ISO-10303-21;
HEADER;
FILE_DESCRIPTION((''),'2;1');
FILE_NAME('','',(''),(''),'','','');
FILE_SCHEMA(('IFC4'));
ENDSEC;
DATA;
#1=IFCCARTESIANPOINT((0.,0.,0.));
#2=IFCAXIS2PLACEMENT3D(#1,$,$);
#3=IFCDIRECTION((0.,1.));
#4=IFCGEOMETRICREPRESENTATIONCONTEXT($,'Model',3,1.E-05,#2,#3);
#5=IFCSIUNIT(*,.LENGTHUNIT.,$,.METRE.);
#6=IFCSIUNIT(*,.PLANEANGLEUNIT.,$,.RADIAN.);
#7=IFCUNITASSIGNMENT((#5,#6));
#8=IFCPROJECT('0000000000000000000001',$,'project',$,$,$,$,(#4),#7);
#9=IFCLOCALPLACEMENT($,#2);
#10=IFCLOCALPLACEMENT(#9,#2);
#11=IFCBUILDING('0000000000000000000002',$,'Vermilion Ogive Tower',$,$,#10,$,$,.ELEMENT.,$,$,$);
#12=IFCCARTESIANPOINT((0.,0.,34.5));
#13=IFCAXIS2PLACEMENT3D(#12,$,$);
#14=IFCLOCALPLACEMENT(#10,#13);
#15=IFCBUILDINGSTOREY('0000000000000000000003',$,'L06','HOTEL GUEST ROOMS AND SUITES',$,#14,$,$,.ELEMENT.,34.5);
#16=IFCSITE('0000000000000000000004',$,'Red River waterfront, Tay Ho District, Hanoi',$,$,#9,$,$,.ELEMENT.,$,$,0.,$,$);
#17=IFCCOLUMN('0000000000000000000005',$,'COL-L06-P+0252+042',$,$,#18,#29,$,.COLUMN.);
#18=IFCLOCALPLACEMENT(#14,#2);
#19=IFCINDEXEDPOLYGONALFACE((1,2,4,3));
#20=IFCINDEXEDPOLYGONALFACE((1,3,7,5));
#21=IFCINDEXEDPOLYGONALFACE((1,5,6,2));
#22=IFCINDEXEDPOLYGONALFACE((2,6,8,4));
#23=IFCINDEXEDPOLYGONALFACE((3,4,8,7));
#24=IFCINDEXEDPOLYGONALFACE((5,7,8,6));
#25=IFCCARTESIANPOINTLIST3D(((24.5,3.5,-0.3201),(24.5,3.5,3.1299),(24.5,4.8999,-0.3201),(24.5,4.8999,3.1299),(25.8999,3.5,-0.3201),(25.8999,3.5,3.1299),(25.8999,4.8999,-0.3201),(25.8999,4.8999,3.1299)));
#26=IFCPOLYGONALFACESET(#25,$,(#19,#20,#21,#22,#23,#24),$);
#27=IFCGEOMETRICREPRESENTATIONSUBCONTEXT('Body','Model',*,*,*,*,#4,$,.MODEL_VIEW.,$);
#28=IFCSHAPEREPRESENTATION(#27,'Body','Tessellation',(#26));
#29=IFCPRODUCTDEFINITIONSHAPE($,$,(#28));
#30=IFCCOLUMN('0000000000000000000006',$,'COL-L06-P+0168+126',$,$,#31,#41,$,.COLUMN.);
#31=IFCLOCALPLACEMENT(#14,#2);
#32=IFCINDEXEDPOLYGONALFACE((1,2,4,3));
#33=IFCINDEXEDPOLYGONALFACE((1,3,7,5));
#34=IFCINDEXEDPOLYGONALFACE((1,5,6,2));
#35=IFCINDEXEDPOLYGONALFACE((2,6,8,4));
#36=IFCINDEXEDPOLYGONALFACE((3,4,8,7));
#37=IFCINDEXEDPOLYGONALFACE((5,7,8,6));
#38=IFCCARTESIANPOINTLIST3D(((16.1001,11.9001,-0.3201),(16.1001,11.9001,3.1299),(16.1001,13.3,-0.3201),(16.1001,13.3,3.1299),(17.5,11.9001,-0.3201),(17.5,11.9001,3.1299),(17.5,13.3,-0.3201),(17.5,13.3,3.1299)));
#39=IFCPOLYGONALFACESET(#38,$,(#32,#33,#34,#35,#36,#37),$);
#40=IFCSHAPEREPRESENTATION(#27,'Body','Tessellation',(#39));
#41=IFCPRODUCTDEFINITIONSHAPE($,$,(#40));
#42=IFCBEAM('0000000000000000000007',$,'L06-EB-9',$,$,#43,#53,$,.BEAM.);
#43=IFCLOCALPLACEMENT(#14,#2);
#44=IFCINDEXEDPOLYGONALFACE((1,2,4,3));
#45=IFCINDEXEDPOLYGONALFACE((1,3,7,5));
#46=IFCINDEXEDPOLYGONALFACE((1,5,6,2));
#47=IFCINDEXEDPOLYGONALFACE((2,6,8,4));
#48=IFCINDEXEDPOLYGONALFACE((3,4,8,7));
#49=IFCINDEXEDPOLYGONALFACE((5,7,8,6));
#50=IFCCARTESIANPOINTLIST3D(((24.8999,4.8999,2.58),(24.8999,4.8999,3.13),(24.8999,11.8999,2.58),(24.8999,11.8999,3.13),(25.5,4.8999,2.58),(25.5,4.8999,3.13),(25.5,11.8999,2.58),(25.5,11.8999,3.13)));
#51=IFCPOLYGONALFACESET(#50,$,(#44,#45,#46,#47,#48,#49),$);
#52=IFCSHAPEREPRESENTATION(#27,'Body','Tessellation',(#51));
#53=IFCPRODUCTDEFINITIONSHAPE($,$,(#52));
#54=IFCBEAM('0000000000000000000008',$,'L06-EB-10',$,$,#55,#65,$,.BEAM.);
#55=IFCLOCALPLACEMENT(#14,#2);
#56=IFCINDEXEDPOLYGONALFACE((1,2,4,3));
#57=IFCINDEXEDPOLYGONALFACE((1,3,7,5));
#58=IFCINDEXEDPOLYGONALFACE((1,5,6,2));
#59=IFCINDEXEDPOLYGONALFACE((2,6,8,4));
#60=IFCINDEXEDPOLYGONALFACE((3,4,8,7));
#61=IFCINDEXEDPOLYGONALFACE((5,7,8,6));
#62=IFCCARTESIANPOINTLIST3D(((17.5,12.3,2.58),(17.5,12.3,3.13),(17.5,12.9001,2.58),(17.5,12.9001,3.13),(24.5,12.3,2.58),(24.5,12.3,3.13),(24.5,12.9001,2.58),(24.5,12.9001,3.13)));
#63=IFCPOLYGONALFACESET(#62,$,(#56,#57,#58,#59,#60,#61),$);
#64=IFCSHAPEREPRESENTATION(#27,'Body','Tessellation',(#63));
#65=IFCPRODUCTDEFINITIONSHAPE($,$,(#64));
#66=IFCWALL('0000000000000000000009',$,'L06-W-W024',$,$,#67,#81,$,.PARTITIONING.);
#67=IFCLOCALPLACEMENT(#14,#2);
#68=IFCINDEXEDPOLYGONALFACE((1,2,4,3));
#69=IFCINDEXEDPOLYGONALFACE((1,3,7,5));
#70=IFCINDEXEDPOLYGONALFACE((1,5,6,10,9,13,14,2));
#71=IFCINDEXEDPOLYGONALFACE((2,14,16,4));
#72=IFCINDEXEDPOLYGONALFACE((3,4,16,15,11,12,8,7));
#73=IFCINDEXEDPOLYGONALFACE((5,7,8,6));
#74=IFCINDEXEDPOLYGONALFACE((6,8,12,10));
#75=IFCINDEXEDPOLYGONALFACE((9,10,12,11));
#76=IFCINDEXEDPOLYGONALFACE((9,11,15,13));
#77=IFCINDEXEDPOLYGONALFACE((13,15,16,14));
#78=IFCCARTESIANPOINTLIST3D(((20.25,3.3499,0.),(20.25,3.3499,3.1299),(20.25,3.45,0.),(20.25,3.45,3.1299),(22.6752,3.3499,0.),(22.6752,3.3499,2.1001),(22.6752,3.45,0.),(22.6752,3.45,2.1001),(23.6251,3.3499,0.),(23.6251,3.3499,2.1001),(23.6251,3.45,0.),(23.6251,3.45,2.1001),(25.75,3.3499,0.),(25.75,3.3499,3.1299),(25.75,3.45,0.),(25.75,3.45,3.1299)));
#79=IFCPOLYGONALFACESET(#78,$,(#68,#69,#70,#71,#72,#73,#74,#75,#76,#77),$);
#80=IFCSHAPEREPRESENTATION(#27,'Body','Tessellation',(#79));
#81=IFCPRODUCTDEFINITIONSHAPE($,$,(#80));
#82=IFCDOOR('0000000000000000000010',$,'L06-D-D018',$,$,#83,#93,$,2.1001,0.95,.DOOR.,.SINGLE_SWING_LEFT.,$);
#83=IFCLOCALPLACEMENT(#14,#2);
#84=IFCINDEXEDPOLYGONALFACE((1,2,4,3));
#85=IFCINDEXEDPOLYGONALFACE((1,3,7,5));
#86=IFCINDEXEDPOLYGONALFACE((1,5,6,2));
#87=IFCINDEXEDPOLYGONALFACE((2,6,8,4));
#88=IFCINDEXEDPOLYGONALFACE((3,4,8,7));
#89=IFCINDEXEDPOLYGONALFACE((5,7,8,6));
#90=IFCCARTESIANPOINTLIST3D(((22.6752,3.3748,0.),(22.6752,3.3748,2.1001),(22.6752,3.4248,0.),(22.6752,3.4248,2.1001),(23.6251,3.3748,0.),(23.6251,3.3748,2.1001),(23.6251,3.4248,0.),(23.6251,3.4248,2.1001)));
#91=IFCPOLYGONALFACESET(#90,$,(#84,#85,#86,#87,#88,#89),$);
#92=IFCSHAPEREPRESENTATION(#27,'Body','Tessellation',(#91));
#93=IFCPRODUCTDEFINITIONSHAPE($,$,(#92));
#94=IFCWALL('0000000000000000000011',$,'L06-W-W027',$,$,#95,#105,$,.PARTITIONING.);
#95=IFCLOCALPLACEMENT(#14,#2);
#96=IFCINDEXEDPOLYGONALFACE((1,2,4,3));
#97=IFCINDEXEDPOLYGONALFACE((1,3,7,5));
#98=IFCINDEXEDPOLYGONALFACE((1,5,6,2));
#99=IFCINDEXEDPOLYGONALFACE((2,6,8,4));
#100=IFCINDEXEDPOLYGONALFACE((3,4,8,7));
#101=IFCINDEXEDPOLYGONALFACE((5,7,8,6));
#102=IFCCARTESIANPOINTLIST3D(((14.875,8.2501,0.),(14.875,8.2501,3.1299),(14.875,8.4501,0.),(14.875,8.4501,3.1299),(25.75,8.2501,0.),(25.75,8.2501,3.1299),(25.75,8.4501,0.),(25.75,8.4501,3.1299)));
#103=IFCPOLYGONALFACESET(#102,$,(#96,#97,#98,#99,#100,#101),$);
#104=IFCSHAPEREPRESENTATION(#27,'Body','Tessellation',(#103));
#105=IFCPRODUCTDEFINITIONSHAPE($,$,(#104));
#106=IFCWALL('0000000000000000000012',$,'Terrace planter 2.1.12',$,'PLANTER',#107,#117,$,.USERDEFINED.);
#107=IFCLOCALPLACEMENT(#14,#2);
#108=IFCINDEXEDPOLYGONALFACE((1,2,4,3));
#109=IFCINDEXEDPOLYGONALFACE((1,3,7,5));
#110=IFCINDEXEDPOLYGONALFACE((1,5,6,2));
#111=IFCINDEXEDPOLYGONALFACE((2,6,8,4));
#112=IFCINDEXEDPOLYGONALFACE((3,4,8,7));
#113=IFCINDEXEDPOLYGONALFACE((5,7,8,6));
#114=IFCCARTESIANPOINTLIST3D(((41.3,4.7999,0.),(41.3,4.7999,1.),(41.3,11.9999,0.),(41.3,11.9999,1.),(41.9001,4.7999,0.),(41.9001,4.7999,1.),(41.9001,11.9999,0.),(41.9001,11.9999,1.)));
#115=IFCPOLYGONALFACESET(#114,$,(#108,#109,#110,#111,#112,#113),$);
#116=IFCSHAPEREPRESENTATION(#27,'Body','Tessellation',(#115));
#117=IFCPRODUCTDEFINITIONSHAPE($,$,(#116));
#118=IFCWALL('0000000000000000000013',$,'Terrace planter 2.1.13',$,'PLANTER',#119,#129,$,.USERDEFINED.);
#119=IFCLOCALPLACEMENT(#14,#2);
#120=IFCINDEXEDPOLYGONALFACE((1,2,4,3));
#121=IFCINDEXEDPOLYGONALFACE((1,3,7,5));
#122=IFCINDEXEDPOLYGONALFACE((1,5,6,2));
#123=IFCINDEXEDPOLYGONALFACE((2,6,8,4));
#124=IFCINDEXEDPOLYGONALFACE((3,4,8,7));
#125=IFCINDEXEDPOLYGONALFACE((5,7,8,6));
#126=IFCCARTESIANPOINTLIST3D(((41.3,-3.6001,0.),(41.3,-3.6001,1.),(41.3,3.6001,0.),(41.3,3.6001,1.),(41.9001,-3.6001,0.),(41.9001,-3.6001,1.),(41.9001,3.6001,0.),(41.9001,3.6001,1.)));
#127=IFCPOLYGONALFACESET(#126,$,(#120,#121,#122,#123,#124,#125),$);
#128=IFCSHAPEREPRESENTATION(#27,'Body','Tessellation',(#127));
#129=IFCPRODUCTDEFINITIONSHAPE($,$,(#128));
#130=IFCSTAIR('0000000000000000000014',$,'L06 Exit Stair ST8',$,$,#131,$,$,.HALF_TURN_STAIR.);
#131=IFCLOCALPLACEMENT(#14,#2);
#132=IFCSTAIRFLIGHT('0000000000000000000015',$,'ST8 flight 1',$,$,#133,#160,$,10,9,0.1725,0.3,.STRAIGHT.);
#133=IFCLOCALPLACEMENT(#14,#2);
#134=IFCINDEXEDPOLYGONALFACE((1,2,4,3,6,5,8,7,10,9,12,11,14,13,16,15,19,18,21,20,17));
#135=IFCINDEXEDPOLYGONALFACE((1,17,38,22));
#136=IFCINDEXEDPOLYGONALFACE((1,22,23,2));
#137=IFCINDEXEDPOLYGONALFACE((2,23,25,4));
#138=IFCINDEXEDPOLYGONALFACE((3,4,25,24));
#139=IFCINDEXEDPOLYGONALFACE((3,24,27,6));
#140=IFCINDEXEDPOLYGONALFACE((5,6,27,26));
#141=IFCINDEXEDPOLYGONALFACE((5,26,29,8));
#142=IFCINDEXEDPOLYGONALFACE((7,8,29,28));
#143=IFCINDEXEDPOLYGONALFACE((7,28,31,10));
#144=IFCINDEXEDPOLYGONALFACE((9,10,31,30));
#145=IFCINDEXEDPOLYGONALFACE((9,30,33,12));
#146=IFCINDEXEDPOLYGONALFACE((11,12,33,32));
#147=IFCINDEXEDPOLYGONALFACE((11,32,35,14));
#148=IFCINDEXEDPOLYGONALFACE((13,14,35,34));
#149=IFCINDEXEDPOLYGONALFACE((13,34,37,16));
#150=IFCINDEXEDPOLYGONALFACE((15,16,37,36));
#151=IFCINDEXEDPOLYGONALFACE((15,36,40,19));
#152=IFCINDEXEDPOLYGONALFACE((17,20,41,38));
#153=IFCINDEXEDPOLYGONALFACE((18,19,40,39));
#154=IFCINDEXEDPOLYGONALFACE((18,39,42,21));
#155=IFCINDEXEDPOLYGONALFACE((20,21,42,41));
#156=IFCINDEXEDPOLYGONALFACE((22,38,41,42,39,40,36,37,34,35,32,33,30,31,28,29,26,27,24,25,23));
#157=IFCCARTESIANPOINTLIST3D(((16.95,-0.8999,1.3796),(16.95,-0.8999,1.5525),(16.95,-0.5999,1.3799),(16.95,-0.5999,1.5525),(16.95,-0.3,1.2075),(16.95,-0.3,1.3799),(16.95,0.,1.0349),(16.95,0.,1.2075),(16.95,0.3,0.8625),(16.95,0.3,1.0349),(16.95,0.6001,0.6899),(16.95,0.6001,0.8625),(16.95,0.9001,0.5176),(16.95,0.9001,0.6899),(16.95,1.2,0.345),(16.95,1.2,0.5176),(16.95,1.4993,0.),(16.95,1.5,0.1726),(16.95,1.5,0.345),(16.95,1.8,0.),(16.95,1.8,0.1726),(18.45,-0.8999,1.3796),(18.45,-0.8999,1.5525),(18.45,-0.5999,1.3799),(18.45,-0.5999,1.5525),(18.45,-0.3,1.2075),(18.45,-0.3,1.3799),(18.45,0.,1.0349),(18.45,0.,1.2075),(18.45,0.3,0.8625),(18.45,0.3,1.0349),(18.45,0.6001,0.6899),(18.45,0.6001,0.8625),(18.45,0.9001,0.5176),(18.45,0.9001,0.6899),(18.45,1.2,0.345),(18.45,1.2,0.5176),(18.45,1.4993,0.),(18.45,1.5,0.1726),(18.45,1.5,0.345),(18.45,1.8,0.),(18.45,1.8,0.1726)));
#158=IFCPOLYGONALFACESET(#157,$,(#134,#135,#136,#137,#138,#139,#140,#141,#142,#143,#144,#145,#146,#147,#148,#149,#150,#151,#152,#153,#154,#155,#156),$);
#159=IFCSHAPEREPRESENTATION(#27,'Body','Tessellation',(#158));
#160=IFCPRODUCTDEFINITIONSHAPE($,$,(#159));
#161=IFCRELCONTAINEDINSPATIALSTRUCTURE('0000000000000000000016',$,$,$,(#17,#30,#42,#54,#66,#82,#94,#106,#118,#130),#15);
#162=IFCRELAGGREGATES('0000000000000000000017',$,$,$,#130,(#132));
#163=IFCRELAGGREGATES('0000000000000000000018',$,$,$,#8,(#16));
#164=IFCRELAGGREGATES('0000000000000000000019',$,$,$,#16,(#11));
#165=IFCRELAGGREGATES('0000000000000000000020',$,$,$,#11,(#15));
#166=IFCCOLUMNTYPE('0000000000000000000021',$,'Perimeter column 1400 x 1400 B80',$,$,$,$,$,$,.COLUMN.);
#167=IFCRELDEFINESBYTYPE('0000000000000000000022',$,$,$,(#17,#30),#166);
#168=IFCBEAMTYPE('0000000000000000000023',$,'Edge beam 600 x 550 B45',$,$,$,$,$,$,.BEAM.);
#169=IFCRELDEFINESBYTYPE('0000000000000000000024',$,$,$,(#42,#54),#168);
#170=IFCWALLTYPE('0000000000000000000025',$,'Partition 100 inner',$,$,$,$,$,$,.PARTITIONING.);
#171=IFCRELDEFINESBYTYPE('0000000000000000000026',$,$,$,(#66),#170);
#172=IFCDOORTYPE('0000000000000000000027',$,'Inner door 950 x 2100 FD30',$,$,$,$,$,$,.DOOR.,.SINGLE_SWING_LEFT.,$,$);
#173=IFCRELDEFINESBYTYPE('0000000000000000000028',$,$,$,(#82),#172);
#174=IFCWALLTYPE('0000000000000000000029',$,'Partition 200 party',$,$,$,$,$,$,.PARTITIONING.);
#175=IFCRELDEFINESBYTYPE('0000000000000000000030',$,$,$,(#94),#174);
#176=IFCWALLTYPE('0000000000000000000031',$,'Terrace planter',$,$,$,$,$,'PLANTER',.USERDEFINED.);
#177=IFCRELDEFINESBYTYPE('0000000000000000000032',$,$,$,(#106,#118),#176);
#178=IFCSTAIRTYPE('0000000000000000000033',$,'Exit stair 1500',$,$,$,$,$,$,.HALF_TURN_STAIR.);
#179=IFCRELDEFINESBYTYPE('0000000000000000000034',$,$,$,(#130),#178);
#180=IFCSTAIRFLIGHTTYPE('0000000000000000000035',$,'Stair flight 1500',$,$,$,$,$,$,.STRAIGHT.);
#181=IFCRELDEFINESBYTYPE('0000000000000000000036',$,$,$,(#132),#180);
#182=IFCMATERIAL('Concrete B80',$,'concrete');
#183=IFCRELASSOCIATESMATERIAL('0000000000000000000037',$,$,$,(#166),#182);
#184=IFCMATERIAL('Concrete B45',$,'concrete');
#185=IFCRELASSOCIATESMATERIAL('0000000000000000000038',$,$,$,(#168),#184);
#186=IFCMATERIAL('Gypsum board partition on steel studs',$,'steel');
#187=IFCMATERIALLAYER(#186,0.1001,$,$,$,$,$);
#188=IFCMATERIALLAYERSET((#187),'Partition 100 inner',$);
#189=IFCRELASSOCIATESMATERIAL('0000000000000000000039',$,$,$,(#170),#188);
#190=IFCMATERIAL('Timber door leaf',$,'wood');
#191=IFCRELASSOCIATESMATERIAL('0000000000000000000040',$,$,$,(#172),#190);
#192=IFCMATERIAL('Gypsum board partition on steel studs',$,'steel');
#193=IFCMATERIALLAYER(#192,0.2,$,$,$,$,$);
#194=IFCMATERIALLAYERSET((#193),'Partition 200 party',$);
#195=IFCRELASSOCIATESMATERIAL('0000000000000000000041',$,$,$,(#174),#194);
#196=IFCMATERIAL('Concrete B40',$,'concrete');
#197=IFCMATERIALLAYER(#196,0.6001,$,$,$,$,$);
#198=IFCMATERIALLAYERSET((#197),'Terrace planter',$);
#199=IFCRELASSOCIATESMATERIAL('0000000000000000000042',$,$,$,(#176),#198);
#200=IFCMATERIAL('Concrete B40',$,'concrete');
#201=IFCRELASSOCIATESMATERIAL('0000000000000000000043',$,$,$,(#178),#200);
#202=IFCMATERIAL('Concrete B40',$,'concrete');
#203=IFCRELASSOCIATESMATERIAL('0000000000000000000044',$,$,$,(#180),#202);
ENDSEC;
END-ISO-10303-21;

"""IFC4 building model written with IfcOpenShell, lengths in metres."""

from ifc_helpers import new_model, si_unit, direction, frame, frame_2d, origin, origin_2d, place, context, subcontext, project, spatial, polyline, rectangle, outline, extrude, material, layer, layer_set, material_profile, profile_set, type_object, element, fill, aggregate, save


model = new_model("IFC4")

# Units and contexts
model_context = context("Model", 3, precision=1e-05, world=origin(), true_north=direction((0.0, 1.0)))
body_context = subcontext(model_context, "Body", "Model", "MODEL_VIEW")
ifc_project = project(units=[si_unit("LENGTHUNIT", "METRE"), si_unit("PLANEANGLEUNIT", "RADIAN")], contexts=[model_context])

# Site, building, storey
site_placement = place(None, origin())
site = spatial("IfcSite", under=ifc_project, at=site_placement, Name="Red River waterfront, Tay Ho District, Hanoi", CompositionType="ELEMENT", RefElevation=0.0)
building_placement = place(site_placement, origin())
building = spatial("IfcBuilding", under=site, at=building_placement, Name="Vermilion Ogive Tower", CompositionType="ELEMENT")
storey_placement = place(building_placement, frame((0.0, 0.0, 34.5)))
storey = spatial("IfcBuildingStorey", under=building, at=storey_placement, Name="L06", Description="HOTEL GUEST ROOMS AND SUITES", CompositionType="ELEMENT", Elevation=34.5)

# Columns
ifc_material_1 = material(Name="Concrete B80", Category="concrete")
ifc_material_profile_1 = material_profile(ifc_material_1, rectangle(XDim=1.3999, YDim=1.3999, at=origin_2d()), Name="1400 x 1400")
ifc_profile_set_1 = profile_set([ifc_material_profile_1], Name="Concrete B80")
column_type = type_object("IfcColumnType", Name="Perimeter column 1400 x 1400 B80", PredefinedType="COLUMN", material=ifc_profile_set_1)
for number, where, z_axis, x_axis, name in (
    (1, (25.2, 4.2, -0.3201), (0.0, 0.0, 1.0), (1.0, 0.0, 0.0), "COL-L06-P+0252+042"),
    (2, (16.8, 12.6001, -0.3201), (0.0, 0.0, 1.0), (1.0, 0.0, 0.0), "COL-L06-P+0168+126"),
):
    element("IfcColumn", number, at=place(storey_placement, frame(where, z_axis=z_axis, x_axis=x_axis)), inside=storey, type_object=column_type, Name=name, PredefinedType="COLUMN", context=body_context, shape_type="SweptSolid", body=[
        extrude(rectangle(XDim=1.3999, YDim=1.3999, at=origin_2d()), origin(), (0.0, 0.0, 1.0), 3.45),
    ])

# Beams
ifc_material_2 = material(Name="Concrete B45", Category="concrete")
ifc_material_profile_2 = material_profile(ifc_material_2, rectangle(XDim=0.6001, YDim=0.55, at=origin_2d()), Name="600 x 550")
ifc_profile_set_2 = profile_set([ifc_material_profile_2], Name="Concrete B45")
beam_type = type_object("IfcBeamType", Name="Edge beam 600 x 550 B45", PredefinedType="BEAM", material=ifc_profile_set_2)
for number, where, z_axis, x_axis, name in (
    (3, (25.2, 4.8999, 2.855), (0.0, 1.0, 0.0), (-1.0, 0.0, 0.0), "L06-EB-9"),
    (4, (24.5, 12.6001, 2.855), (-1.0, 0.0, 0.0), (0.0, -1.0, 0.0), "L06-EB-10"),
):
    element("IfcBeam", number, at=place(storey_placement, frame(where, z_axis=z_axis, x_axis=x_axis)), inside=storey, type_object=beam_type, Name=name, PredefinedType="BEAM", context=body_context, shape_type="SweptSolid", body=[
        extrude(rectangle(XDim=0.6001, YDim=0.55, at=origin_2d()), origin(), (0.0, 0.0, 1.0), 7.0),
    ])

# Wall, opening, door
ifc_material_3 = material(Name="Gypsum board partition on steel studs", Category="steel")
ifc_layer_1 = layer(ifc_material_3, 0.1001)
ifc_layer_set_1 = layer_set([ifc_layer_1], Name="Partition 100 inner")
wall_type_1 = type_object("IfcWallType", Name="Partition 100 inner", PredefinedType="PARTITIONING", material=ifc_layer_set_1)
wall_1_placement = place(storey_placement, frame((20.25, 3.3999, 0.0), z_axis=(0.0, 0.0, 1.0), x_axis=(1.0, 0.0, 0.0)))
wall_1 = element("IfcWall", 5, at=wall_1_placement, inside=storey, type_object=wall_type_1, Name="L06-W-W024", PredefinedType="PARTITIONING", context=body_context, shape_type="SweptSolid", body=[
    extrude(rectangle(XDim=5.5, YDim=0.1001, at=frame_2d((2.75, 0.0))), origin(), (0.0, 0.0, 1.0), 3.1299),
])
opening_1_placement = place(wall_1_placement, frame((2.425, 0.0, 0.0)))
opening_1 = element("IfcOpeningElement", 6, at=opening_1_placement, cuts=wall_1, PredefinedType="OPENING", context=body_context, shape_type="SweptSolid", body=[
    extrude(rectangle(XDim=0.95, YDim=2.1001, at=frame_2d((0.4751, 1.05))), frame((0.0, 0.0601, 0.0), z_axis=(0.0, -1.0, 0.0), x_axis=(1.0, 0.0, 0.0)), (0.0, 0.0, 1.0), 0.1201),
])
ifc_material_4 = material(Name="Timber door leaf", Category="wood")
door_type_1 = type_object("IfcDoorType", Name="Inner door 950 x 2100 FD30", OperationType="SINGLE_SWING_LEFT", PredefinedType="DOOR", material=ifc_material_4)
door_1_placement = place(opening_1_placement, origin())
door_1 = element("IfcDoor", 7, at=door_1_placement, inside=storey, type_object=door_type_1, Name="L06-D-D018", OperationType="SINGLE_SWING_LEFT", OverallHeight=2.1001, OverallWidth=0.95, PredefinedType="DOOR", context=body_context, shape_type="SweptSolid", body=[
    extrude(rectangle(XDim=0.95, YDim=2.1001, at=frame_2d((0.4751, 1.05))), frame((0.0, 0.0249, 0.0), z_axis=(0.0, -1.0, 0.0), x_axis=(1.0, 0.0, 0.0)), (0.0, 0.0, 1.0), 0.05),
])
fill(opening_1, door_1)

# Walls
ifc_material_5 = material(Name="Gypsum board partition on steel studs", Category="steel")
ifc_layer_2 = layer(ifc_material_5, 0.2)
ifc_layer_set_2 = layer_set([ifc_layer_2], Name="Partition 200 party")
wall_type_2 = type_object("IfcWallType", Name="Partition 200 party", PredefinedType="PARTITIONING", material=ifc_layer_set_2)
wall_2_placement = place(storey_placement, frame((14.875, 8.3501, 0.0), z_axis=(0.0, 0.0, 1.0), x_axis=(1.0, 0.0, 0.0)))
element("IfcWall", 8, at=wall_2_placement, inside=storey, type_object=wall_type_2, Name="L06-W-W027", PredefinedType="PARTITIONING", context=body_context, shape_type="SweptSolid", body=[
    extrude(rectangle(XDim=10.875, YDim=0.2, at=frame_2d((5.4375, 0.0))), origin(), (0.0, 0.0, 1.0), 3.1299),
])
ifc_material_6 = material(Name="Concrete B40", Category="concrete")
ifc_layer_3 = layer(ifc_material_6, 0.6001)
ifc_layer_set_3 = layer_set([ifc_layer_3], Name="Terrace planter")
wall_type_3 = type_object("IfcWallType", Name="Terrace planter", ElementType="PLANTER", PredefinedType="USERDEFINED", material=ifc_layer_set_3)
wall_3_placement = place(storey_placement, frame((41.6001, 12.0, 0.0), z_axis=(0.0, 0.0, 1.0), x_axis=(0.0, -1.0, 0.0)))
element("IfcWall", 9, at=wall_3_placement, inside=storey, type_object=wall_type_3, Name="Terrace planter 2.1.12", ObjectType="PLANTER", PredefinedType="USERDEFINED", context=body_context, shape_type="SweptSolid", body=[
    extrude(rectangle(XDim=7.2, YDim=0.6001, at=frame_2d((3.6001, 0.0))), origin(), (0.0, 0.0, 1.0), 1.0),
])
wall_4_placement = place(storey_placement, frame((41.6001, 3.6001, 0.0), z_axis=(0.0, 0.0, 1.0), x_axis=(0.0, -1.0, 0.0)))
element("IfcWall", 10, at=wall_4_placement, inside=storey, type_object=wall_type_3, Name="Terrace planter 2.1.13", ObjectType="PLANTER", PredefinedType="USERDEFINED", context=body_context, shape_type="SweptSolid", body=[
    extrude(rectangle(XDim=7.2002, YDim=0.6001, at=frame_2d((3.6001, 0.0))), origin(), (0.0, 0.0, 1.0), 1.0),
])

# Stair, stair flight
ifc_material_7 = material(Name="Concrete B40", Category="concrete")
stair_type = type_object("IfcStairType", Name="Exit stair 1500", PredefinedType="HALF_TURN_STAIR", material=ifc_material_7)
stair_placement = place(storey_placement, origin())
stair = element("IfcStair", 11, at=stair_placement, inside=storey, type_object=stair_type, Name="L06 Exit Stair ST8", PredefinedType="HALF_TURN_STAIR")
ifc_material_8 = material(Name="Concrete B40", Category="concrete")
stair_flight_type = type_object("IfcStairFlightType", Name="Stair flight 1500", PredefinedType="STRAIGHT", material=ifc_material_8)
stair_flight_placement = place(storey_placement, frame((17.7, 1.8, 0.0), z_axis=(0.0, 0.0, 1.0), x_axis=(0.0, -1.0, 0.0)))
stair_flight = element("IfcStairFlight", 12, at=stair_flight_placement, type_object=stair_flight_type, Name="ST8 flight 1", NumberOfRisers=10, NumberOfTreads=9, PredefinedType="STRAIGHT", RiserHeight=0.1725, TreadLength=0.3, context=body_context, shape_type="SweptSolid", body=[
    extrude(outline(polyline([(0.0, 0.0), (0.0, 0.1726), (0.3, 0.1726), (0.3, 0.345), (0.6001, 0.345), (0.6001, 0.5176), (0.8999, 0.5176), (0.8999, 0.6899), (1.2, 0.6899), (1.2, 0.8625), (1.5, 0.8625), (1.5, 1.0349), (1.8, 1.0349), (1.8, 1.2075), (2.1001, 1.2075), (2.1001, 1.3799), (2.3999, 1.3799), (2.3999, 1.5525), (2.7, 1.5525), (2.7, 1.7251), (2.7, 1.3796), (0.3008, 0.0), (0.0, 0.0)])), frame((0.0, 0.75, 0.0), z_axis=(0.0, -1.0, 0.0), x_axis=(1.0, 0.0, 0.0)), (0.0, 0.0, 1.0), 1.5),
])
aggregate(stair, [stair_flight])

save(model, "model.ifc")
